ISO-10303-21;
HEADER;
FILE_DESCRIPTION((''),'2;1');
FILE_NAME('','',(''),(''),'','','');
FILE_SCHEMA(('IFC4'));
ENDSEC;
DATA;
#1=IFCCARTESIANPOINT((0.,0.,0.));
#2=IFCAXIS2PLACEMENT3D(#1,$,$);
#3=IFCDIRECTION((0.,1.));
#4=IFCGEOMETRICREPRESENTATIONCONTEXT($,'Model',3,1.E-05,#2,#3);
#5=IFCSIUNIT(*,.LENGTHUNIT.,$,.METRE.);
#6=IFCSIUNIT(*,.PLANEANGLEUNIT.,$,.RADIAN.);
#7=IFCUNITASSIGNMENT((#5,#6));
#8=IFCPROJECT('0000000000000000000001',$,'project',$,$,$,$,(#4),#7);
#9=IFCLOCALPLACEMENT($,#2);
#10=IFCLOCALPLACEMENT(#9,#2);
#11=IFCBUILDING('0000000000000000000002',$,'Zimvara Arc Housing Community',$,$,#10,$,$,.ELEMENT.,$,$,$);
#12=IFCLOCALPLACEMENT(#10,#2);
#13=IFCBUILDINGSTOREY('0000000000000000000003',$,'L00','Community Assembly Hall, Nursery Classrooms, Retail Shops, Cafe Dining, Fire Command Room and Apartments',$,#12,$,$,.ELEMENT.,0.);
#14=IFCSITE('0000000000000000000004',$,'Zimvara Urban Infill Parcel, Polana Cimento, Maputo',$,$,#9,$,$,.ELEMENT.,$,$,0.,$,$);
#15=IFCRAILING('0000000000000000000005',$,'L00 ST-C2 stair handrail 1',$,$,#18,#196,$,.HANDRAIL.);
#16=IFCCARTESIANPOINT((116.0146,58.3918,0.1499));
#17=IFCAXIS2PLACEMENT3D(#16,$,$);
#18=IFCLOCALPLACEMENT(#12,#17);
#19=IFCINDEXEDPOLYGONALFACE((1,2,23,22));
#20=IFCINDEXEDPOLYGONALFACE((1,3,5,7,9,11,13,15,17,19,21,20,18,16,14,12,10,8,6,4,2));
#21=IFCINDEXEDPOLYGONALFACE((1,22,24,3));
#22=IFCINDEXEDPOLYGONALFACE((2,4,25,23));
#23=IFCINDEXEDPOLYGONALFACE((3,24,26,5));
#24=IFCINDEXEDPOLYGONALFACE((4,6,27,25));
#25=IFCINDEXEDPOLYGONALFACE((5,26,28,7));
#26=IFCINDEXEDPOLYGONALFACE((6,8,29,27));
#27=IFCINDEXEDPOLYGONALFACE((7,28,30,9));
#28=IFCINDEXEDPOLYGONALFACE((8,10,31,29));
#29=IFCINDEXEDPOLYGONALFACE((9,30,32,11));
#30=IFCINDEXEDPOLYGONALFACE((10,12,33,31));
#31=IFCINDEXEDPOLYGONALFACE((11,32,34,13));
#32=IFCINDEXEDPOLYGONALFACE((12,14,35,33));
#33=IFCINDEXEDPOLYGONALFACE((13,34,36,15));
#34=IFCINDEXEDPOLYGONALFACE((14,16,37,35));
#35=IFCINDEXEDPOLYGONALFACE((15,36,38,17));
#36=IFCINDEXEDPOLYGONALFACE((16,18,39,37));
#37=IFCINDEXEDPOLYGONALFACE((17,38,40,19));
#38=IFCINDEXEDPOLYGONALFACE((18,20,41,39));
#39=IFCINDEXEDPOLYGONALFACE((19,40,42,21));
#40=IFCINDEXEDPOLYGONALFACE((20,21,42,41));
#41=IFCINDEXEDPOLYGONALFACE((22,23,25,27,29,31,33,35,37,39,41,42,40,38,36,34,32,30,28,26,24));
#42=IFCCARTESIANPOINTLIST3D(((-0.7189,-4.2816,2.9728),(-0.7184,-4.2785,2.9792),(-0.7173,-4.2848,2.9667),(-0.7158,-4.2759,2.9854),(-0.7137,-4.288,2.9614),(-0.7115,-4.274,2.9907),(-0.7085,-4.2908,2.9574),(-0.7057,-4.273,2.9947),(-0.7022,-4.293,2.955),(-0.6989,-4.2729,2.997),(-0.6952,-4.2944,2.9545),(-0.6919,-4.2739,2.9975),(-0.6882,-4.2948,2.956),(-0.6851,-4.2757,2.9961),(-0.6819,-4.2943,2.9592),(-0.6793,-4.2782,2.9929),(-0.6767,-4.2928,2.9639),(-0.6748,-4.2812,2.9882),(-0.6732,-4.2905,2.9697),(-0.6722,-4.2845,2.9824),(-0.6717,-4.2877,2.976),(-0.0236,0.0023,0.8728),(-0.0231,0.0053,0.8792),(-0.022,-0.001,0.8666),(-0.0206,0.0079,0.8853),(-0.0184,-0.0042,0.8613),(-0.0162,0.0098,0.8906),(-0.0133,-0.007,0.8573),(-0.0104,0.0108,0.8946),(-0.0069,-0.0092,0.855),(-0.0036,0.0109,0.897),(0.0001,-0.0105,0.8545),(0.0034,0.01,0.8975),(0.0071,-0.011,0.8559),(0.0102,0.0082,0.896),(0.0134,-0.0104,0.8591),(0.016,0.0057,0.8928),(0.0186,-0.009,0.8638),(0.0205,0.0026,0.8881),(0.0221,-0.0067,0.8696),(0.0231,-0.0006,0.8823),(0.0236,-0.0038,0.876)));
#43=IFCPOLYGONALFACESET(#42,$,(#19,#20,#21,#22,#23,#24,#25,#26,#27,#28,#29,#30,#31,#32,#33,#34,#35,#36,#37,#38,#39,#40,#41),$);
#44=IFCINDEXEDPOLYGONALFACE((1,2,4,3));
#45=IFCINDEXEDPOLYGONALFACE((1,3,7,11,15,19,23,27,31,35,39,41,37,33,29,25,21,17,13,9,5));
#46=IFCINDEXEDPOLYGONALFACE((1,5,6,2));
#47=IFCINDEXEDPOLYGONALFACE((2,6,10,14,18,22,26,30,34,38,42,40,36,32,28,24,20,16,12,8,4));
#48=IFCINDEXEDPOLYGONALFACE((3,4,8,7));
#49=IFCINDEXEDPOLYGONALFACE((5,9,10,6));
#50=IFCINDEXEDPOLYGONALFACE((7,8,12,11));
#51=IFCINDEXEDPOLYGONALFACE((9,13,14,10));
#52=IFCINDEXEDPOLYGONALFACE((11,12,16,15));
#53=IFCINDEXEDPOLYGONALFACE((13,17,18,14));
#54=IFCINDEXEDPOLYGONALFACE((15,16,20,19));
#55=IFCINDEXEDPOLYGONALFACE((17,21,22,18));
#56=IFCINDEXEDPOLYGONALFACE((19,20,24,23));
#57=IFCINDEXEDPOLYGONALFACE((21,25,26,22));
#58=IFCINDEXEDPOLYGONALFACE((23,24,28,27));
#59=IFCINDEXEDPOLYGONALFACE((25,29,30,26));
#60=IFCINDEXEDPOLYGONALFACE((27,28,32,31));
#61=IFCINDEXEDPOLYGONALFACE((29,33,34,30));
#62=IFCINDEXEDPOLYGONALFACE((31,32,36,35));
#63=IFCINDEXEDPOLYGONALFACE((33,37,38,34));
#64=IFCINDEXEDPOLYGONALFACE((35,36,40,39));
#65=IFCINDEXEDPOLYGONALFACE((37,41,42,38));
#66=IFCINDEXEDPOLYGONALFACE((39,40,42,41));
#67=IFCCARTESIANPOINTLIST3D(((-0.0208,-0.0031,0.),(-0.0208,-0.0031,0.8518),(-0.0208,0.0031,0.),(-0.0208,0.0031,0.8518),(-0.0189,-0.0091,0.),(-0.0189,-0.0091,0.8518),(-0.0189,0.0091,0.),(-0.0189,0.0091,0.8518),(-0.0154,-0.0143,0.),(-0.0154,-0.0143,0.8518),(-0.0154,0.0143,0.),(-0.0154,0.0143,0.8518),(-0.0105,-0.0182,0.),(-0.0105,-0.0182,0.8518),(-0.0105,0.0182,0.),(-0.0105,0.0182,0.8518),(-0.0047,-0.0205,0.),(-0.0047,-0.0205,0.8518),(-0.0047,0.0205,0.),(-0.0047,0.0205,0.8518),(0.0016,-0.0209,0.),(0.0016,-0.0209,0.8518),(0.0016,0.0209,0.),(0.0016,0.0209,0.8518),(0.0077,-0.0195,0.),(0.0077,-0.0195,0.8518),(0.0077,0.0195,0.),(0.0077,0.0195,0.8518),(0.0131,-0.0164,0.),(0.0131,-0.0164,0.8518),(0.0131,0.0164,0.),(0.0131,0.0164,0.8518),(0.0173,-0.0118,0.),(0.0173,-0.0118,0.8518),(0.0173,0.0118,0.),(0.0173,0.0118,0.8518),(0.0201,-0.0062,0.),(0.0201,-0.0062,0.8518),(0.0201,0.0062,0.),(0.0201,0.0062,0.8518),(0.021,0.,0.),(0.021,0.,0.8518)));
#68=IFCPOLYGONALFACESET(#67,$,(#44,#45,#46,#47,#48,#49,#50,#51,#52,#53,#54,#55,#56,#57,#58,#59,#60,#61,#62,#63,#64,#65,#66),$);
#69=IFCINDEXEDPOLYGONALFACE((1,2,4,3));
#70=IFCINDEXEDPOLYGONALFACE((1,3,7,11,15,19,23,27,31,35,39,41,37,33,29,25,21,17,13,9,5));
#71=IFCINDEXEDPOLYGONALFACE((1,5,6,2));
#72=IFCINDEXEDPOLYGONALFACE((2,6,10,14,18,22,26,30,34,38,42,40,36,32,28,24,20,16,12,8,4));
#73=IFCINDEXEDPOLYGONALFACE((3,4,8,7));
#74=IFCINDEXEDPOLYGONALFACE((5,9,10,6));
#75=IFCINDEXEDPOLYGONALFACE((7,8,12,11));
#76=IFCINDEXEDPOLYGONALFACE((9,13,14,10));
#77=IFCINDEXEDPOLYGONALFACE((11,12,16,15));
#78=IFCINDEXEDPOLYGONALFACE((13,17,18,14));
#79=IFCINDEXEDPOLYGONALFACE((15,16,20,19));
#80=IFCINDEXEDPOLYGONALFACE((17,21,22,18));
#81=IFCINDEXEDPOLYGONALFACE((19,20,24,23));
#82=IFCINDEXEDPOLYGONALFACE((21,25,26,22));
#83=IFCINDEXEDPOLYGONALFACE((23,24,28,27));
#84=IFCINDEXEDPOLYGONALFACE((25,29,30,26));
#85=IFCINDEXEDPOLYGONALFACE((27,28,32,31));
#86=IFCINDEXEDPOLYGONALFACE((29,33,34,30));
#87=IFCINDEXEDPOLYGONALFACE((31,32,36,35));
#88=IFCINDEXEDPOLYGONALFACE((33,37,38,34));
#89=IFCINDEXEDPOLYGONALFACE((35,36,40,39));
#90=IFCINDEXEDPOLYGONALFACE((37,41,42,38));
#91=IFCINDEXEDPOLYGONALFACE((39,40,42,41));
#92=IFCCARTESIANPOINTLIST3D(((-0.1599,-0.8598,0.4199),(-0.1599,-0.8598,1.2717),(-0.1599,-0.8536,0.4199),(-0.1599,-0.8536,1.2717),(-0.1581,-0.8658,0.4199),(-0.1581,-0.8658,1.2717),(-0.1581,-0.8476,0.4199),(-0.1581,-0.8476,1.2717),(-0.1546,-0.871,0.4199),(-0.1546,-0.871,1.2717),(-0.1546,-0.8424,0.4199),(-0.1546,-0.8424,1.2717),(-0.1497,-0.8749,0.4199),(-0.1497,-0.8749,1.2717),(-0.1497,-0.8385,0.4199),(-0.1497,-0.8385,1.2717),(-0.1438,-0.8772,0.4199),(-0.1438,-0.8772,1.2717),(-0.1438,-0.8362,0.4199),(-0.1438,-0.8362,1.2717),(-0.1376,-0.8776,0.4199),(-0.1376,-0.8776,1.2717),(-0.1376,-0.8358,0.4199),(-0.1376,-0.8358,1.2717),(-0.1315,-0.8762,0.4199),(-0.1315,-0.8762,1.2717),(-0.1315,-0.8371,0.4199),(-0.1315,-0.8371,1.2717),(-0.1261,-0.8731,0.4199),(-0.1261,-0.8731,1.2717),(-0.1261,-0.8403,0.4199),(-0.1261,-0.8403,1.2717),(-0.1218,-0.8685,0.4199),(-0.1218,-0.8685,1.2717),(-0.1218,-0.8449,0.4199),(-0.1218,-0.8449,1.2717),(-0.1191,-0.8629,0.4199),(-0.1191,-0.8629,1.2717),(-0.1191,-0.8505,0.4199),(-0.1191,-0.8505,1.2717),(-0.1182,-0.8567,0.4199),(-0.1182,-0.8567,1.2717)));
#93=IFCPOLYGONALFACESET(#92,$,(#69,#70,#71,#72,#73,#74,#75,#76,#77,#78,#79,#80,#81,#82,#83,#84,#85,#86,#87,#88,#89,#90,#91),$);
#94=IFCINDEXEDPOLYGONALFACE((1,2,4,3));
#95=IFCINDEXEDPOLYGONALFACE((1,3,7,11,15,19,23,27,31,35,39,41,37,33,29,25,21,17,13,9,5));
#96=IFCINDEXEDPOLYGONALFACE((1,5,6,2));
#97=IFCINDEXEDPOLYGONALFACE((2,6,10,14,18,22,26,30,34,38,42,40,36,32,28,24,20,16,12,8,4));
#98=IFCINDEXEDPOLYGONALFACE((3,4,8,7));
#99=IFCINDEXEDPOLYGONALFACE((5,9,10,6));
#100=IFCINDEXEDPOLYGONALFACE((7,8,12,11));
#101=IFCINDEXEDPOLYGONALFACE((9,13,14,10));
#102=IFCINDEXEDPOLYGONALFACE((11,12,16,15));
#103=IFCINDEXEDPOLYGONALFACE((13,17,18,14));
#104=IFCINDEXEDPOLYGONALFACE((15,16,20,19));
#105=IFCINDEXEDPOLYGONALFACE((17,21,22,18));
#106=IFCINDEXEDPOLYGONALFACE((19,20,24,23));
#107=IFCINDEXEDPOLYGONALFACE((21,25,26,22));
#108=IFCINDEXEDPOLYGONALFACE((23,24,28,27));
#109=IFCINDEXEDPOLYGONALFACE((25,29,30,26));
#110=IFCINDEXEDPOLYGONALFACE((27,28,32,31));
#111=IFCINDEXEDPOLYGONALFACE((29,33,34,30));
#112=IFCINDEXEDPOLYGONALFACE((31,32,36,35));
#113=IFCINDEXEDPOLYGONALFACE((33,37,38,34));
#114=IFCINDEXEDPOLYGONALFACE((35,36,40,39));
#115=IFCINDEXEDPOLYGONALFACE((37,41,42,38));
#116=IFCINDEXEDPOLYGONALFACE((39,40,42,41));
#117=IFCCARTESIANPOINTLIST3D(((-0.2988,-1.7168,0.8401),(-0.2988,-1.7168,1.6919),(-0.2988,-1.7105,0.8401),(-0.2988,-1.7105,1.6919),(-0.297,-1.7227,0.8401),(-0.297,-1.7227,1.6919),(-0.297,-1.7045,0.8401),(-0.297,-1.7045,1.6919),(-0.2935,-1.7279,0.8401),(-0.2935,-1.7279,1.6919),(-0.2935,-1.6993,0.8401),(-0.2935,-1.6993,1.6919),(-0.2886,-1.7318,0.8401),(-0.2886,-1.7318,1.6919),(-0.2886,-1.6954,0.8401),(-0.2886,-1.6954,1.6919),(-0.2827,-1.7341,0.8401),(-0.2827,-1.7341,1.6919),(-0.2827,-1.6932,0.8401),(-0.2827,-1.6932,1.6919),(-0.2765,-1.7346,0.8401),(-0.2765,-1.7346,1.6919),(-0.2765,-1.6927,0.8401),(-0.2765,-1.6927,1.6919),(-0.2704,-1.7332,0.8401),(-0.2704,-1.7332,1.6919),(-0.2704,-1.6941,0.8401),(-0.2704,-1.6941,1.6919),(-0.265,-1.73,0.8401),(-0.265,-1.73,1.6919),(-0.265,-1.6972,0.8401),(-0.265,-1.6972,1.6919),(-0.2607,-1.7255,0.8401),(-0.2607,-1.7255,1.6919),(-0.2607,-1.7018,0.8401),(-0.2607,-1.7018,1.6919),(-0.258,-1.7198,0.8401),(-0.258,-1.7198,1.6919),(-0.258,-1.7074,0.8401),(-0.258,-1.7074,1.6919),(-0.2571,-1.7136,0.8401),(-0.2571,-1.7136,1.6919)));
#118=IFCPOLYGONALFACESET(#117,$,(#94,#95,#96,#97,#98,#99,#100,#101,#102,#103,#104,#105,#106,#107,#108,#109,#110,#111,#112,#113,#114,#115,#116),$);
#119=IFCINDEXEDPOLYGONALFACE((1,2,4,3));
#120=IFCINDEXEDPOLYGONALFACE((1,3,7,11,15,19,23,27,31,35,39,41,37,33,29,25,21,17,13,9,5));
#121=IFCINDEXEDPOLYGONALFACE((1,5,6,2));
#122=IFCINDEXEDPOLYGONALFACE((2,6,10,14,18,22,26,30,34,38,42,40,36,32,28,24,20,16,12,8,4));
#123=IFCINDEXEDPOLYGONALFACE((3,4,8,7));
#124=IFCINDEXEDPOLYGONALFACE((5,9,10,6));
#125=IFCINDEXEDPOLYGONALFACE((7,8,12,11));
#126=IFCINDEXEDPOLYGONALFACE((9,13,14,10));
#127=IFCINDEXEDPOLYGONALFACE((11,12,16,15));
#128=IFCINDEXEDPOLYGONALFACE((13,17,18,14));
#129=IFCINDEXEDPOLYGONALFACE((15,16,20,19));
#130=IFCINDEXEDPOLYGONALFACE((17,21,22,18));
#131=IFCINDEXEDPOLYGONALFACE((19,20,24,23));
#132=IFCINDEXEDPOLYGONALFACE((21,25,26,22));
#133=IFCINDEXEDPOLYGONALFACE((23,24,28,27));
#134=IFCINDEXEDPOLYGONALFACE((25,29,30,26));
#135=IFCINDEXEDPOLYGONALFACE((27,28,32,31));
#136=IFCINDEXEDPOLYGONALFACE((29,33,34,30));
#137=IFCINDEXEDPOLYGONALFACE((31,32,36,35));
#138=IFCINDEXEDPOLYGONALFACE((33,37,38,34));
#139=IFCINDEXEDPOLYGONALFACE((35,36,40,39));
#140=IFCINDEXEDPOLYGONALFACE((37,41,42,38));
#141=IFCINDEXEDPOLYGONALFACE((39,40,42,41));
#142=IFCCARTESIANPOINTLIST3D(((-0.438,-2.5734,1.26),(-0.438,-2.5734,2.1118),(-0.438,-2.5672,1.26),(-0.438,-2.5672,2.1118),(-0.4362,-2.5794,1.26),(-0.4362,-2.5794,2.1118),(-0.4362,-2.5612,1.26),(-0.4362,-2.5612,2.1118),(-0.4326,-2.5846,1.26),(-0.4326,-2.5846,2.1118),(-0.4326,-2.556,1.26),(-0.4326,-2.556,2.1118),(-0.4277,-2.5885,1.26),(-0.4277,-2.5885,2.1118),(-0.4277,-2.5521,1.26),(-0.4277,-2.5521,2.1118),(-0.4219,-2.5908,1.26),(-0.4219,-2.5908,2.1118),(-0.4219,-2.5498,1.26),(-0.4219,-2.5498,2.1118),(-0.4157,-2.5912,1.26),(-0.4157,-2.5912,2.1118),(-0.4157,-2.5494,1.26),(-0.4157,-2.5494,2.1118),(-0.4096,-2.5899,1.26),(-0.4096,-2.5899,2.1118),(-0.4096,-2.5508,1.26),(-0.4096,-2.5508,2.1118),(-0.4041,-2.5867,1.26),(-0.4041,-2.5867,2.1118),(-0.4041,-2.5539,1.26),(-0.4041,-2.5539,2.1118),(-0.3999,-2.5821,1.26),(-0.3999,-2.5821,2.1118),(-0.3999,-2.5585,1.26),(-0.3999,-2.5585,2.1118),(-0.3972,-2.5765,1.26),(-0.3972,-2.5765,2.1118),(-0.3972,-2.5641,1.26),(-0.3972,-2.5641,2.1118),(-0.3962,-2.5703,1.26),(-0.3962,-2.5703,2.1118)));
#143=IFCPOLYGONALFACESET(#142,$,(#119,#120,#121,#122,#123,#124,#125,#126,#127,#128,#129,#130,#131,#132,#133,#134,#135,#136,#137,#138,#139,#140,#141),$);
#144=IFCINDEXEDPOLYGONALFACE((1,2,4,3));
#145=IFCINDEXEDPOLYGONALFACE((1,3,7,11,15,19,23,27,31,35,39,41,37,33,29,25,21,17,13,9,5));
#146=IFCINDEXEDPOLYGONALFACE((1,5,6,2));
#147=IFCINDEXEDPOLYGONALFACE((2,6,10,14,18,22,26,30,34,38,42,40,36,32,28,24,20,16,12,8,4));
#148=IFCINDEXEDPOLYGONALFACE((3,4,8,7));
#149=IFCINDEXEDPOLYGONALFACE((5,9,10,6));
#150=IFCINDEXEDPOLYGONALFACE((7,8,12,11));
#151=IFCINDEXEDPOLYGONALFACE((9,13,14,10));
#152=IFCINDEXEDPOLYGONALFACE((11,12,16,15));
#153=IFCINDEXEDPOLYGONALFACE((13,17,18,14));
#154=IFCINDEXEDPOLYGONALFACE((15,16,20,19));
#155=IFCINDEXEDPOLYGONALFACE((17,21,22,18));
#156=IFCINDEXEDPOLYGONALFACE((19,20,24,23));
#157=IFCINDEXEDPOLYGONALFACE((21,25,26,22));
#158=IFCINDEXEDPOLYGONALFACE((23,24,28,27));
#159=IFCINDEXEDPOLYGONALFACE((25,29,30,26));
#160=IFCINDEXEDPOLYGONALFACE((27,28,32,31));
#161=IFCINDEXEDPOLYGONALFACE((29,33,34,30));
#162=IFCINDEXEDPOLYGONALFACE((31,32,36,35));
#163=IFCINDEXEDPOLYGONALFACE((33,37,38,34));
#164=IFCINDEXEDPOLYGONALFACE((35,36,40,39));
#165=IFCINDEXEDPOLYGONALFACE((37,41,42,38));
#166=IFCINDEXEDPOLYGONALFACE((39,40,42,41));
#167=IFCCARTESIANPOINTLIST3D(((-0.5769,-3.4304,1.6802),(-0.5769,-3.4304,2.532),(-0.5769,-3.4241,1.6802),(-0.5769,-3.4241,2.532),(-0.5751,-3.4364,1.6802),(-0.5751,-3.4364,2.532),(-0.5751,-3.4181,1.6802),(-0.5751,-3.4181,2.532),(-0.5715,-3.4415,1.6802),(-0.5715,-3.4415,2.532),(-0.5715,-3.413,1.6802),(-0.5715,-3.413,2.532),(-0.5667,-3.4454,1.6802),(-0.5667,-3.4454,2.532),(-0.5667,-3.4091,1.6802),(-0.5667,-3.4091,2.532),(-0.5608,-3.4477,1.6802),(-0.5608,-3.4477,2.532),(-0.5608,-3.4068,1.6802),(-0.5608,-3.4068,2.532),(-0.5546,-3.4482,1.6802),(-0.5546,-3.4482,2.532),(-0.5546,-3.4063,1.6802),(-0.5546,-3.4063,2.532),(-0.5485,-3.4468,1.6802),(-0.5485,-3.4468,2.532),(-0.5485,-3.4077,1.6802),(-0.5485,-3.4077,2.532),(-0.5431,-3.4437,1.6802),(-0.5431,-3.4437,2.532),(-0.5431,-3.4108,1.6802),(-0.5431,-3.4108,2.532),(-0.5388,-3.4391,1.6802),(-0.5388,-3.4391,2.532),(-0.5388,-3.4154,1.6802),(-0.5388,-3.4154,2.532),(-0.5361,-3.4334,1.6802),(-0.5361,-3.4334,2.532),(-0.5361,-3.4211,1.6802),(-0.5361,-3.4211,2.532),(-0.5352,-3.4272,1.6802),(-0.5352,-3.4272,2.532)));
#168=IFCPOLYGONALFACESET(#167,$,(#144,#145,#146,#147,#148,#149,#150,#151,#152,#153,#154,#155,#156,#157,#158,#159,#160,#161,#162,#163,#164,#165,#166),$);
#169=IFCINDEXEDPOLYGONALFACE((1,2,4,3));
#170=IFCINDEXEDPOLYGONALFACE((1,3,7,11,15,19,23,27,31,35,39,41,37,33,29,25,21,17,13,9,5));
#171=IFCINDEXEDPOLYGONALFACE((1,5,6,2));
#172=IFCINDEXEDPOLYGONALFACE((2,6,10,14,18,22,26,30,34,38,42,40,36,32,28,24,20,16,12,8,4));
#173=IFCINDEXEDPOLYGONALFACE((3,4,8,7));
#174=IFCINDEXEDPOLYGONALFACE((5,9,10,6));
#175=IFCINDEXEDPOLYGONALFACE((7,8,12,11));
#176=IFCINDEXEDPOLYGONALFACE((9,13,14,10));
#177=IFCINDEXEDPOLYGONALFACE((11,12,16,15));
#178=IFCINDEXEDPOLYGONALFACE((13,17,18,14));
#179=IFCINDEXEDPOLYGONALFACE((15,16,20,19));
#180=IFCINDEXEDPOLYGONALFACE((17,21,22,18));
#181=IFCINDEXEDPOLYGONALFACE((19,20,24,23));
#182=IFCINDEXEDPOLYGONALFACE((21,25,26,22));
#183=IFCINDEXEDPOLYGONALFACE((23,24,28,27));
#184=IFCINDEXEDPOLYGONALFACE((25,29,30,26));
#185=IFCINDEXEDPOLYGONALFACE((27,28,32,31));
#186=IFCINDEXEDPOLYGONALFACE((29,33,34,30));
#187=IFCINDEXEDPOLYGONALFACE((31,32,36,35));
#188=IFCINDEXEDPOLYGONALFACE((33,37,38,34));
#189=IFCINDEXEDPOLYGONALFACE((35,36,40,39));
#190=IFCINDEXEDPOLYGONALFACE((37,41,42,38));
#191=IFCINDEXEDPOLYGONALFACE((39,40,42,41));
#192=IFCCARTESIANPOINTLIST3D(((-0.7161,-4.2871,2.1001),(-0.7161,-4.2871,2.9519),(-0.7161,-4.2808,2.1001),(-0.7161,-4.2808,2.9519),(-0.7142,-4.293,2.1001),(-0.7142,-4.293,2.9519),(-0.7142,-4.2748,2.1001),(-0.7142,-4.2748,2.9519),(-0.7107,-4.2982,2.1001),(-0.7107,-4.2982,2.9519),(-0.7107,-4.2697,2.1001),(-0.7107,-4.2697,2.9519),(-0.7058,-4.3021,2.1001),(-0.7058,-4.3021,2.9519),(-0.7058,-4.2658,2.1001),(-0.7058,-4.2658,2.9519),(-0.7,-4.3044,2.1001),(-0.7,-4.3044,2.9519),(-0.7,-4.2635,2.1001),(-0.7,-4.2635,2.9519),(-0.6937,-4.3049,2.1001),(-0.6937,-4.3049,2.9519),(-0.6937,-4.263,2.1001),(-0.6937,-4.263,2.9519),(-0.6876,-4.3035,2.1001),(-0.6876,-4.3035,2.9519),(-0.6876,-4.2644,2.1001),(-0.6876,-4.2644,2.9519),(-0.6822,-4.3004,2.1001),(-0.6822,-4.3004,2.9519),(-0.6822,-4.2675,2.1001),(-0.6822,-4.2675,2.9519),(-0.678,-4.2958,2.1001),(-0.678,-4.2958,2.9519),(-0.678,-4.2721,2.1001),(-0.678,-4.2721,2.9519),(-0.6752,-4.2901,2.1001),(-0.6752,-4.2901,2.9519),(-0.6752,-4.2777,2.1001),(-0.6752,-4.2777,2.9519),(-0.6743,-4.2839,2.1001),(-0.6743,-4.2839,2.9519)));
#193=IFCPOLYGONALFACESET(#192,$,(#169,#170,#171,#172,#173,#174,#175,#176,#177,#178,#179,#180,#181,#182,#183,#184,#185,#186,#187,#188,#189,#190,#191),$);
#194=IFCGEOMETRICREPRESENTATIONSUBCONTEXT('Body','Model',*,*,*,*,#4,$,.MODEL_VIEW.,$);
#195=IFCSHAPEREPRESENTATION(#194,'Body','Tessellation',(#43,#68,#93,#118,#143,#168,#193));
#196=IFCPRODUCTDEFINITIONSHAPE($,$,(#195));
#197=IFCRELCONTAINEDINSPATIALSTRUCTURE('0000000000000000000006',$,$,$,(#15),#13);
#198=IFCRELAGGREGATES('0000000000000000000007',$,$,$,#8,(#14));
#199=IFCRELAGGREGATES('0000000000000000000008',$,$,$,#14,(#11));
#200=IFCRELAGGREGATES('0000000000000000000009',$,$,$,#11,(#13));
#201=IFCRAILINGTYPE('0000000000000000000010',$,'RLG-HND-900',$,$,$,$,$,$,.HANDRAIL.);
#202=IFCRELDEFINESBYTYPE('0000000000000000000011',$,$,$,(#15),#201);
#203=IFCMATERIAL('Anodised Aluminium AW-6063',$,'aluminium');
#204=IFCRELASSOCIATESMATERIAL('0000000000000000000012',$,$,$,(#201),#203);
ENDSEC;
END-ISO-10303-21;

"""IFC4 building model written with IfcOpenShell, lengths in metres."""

from ifc_helpers import new_model, si_unit, direction, frame, origin, origin_2d, place, context, subcontext, project, spatial, circle, extrude, material, type_object, element, save


model = new_model("IFC4")

# Units and contexts
model_context = context("Model", 3, precision=1e-05, world=origin(), true_north=direction((0.0, 1.0)))
body_context = subcontext(model_context, "Body", "Model", "MODEL_VIEW")
ifc_project = project(units=[si_unit("LENGTHUNIT", "METRE"), si_unit("PLANEANGLEUNIT", "RADIAN")], contexts=[model_context])

# Site, building, storey
site_placement = place(None, origin())
site = spatial("IfcSite", under=ifc_project, at=site_placement, Name="Zimvara Urban Infill Parcel, Polana Cimento, Maputo", CompositionType="ELEMENT", RefElevation=0.0)
building_placement = place(site_placement, origin())
building = spatial("IfcBuilding", under=site, at=building_placement, Name="Zimvara Arc Housing Community", CompositionType="ELEMENT")
storey_placement = place(building_placement, origin())
storey = spatial("IfcBuildingStorey", under=building, at=storey_placement, Name="L00", Description="Community Assembly Hall, Nursery Classrooms, Retail Shops, Cafe Dining, Fire Command Room and Apartments", CompositionType="ELEMENT", Elevation=0.0)

# Railing
ifc_material_1 = material(Name="Anodised Aluminium AW-6063", Category="aluminium")
railing_type_1 = type_object("IfcRailingType", Name="RLG-HND-900", PredefinedType="HANDRAIL", material=ifc_material_1)
railing_1_placement = place(storey_placement, frame((116.0146, 58.3918, 0.1499)))
element("IfcRailing", 1, at=railing_1_placement, inside=storey, type_object=railing_type_1, Name="L00 ST-C2 stair handrail 1", PredefinedType="HANDRAIL", context=body_context, shape_type="SweptSolid", body=[
    extrude(circle(Radius=0.0239, at=origin_2d()), frame((0.0, 0.0, 0.876), z_axis=(-0.144214, -0.888524, 0.435578), x_axis=(0.987083, -0.16021, 0.0)), (0.0, 0.0, 1.0), 4.8213),
    extrude(circle(Radius=0.021, at=origin_2d()), origin(), (0.0, 0.0, 1.0), 0.8518),
    extrude(circle(Radius=0.021, at=origin_2d()), frame((-0.1392, -0.8567, 0.4199)), (0.0, 0.0, 1.0), 0.8518),
    extrude(circle(Radius=0.021, at=origin_2d()), frame((-0.2781, -1.7136, 0.8401)), (0.0, 0.0, 1.0), 0.8518),
    extrude(circle(Radius=0.021, at=origin_2d()), frame((-0.4172, -2.5703, 1.26)), (0.0, 0.0, 1.0), 0.8518),
    extrude(circle(Radius=0.021, at=origin_2d()), frame((-0.5562, -3.4272, 1.6802)), (0.0, 0.0, 1.0), 0.8518),
    extrude(circle(Radius=0.021, at=origin_2d()), frame((-0.6953, -4.2839, 2.1001)), (0.0, 0.0, 1.0), 0.8518),
])

save(model, "model.ifc")
